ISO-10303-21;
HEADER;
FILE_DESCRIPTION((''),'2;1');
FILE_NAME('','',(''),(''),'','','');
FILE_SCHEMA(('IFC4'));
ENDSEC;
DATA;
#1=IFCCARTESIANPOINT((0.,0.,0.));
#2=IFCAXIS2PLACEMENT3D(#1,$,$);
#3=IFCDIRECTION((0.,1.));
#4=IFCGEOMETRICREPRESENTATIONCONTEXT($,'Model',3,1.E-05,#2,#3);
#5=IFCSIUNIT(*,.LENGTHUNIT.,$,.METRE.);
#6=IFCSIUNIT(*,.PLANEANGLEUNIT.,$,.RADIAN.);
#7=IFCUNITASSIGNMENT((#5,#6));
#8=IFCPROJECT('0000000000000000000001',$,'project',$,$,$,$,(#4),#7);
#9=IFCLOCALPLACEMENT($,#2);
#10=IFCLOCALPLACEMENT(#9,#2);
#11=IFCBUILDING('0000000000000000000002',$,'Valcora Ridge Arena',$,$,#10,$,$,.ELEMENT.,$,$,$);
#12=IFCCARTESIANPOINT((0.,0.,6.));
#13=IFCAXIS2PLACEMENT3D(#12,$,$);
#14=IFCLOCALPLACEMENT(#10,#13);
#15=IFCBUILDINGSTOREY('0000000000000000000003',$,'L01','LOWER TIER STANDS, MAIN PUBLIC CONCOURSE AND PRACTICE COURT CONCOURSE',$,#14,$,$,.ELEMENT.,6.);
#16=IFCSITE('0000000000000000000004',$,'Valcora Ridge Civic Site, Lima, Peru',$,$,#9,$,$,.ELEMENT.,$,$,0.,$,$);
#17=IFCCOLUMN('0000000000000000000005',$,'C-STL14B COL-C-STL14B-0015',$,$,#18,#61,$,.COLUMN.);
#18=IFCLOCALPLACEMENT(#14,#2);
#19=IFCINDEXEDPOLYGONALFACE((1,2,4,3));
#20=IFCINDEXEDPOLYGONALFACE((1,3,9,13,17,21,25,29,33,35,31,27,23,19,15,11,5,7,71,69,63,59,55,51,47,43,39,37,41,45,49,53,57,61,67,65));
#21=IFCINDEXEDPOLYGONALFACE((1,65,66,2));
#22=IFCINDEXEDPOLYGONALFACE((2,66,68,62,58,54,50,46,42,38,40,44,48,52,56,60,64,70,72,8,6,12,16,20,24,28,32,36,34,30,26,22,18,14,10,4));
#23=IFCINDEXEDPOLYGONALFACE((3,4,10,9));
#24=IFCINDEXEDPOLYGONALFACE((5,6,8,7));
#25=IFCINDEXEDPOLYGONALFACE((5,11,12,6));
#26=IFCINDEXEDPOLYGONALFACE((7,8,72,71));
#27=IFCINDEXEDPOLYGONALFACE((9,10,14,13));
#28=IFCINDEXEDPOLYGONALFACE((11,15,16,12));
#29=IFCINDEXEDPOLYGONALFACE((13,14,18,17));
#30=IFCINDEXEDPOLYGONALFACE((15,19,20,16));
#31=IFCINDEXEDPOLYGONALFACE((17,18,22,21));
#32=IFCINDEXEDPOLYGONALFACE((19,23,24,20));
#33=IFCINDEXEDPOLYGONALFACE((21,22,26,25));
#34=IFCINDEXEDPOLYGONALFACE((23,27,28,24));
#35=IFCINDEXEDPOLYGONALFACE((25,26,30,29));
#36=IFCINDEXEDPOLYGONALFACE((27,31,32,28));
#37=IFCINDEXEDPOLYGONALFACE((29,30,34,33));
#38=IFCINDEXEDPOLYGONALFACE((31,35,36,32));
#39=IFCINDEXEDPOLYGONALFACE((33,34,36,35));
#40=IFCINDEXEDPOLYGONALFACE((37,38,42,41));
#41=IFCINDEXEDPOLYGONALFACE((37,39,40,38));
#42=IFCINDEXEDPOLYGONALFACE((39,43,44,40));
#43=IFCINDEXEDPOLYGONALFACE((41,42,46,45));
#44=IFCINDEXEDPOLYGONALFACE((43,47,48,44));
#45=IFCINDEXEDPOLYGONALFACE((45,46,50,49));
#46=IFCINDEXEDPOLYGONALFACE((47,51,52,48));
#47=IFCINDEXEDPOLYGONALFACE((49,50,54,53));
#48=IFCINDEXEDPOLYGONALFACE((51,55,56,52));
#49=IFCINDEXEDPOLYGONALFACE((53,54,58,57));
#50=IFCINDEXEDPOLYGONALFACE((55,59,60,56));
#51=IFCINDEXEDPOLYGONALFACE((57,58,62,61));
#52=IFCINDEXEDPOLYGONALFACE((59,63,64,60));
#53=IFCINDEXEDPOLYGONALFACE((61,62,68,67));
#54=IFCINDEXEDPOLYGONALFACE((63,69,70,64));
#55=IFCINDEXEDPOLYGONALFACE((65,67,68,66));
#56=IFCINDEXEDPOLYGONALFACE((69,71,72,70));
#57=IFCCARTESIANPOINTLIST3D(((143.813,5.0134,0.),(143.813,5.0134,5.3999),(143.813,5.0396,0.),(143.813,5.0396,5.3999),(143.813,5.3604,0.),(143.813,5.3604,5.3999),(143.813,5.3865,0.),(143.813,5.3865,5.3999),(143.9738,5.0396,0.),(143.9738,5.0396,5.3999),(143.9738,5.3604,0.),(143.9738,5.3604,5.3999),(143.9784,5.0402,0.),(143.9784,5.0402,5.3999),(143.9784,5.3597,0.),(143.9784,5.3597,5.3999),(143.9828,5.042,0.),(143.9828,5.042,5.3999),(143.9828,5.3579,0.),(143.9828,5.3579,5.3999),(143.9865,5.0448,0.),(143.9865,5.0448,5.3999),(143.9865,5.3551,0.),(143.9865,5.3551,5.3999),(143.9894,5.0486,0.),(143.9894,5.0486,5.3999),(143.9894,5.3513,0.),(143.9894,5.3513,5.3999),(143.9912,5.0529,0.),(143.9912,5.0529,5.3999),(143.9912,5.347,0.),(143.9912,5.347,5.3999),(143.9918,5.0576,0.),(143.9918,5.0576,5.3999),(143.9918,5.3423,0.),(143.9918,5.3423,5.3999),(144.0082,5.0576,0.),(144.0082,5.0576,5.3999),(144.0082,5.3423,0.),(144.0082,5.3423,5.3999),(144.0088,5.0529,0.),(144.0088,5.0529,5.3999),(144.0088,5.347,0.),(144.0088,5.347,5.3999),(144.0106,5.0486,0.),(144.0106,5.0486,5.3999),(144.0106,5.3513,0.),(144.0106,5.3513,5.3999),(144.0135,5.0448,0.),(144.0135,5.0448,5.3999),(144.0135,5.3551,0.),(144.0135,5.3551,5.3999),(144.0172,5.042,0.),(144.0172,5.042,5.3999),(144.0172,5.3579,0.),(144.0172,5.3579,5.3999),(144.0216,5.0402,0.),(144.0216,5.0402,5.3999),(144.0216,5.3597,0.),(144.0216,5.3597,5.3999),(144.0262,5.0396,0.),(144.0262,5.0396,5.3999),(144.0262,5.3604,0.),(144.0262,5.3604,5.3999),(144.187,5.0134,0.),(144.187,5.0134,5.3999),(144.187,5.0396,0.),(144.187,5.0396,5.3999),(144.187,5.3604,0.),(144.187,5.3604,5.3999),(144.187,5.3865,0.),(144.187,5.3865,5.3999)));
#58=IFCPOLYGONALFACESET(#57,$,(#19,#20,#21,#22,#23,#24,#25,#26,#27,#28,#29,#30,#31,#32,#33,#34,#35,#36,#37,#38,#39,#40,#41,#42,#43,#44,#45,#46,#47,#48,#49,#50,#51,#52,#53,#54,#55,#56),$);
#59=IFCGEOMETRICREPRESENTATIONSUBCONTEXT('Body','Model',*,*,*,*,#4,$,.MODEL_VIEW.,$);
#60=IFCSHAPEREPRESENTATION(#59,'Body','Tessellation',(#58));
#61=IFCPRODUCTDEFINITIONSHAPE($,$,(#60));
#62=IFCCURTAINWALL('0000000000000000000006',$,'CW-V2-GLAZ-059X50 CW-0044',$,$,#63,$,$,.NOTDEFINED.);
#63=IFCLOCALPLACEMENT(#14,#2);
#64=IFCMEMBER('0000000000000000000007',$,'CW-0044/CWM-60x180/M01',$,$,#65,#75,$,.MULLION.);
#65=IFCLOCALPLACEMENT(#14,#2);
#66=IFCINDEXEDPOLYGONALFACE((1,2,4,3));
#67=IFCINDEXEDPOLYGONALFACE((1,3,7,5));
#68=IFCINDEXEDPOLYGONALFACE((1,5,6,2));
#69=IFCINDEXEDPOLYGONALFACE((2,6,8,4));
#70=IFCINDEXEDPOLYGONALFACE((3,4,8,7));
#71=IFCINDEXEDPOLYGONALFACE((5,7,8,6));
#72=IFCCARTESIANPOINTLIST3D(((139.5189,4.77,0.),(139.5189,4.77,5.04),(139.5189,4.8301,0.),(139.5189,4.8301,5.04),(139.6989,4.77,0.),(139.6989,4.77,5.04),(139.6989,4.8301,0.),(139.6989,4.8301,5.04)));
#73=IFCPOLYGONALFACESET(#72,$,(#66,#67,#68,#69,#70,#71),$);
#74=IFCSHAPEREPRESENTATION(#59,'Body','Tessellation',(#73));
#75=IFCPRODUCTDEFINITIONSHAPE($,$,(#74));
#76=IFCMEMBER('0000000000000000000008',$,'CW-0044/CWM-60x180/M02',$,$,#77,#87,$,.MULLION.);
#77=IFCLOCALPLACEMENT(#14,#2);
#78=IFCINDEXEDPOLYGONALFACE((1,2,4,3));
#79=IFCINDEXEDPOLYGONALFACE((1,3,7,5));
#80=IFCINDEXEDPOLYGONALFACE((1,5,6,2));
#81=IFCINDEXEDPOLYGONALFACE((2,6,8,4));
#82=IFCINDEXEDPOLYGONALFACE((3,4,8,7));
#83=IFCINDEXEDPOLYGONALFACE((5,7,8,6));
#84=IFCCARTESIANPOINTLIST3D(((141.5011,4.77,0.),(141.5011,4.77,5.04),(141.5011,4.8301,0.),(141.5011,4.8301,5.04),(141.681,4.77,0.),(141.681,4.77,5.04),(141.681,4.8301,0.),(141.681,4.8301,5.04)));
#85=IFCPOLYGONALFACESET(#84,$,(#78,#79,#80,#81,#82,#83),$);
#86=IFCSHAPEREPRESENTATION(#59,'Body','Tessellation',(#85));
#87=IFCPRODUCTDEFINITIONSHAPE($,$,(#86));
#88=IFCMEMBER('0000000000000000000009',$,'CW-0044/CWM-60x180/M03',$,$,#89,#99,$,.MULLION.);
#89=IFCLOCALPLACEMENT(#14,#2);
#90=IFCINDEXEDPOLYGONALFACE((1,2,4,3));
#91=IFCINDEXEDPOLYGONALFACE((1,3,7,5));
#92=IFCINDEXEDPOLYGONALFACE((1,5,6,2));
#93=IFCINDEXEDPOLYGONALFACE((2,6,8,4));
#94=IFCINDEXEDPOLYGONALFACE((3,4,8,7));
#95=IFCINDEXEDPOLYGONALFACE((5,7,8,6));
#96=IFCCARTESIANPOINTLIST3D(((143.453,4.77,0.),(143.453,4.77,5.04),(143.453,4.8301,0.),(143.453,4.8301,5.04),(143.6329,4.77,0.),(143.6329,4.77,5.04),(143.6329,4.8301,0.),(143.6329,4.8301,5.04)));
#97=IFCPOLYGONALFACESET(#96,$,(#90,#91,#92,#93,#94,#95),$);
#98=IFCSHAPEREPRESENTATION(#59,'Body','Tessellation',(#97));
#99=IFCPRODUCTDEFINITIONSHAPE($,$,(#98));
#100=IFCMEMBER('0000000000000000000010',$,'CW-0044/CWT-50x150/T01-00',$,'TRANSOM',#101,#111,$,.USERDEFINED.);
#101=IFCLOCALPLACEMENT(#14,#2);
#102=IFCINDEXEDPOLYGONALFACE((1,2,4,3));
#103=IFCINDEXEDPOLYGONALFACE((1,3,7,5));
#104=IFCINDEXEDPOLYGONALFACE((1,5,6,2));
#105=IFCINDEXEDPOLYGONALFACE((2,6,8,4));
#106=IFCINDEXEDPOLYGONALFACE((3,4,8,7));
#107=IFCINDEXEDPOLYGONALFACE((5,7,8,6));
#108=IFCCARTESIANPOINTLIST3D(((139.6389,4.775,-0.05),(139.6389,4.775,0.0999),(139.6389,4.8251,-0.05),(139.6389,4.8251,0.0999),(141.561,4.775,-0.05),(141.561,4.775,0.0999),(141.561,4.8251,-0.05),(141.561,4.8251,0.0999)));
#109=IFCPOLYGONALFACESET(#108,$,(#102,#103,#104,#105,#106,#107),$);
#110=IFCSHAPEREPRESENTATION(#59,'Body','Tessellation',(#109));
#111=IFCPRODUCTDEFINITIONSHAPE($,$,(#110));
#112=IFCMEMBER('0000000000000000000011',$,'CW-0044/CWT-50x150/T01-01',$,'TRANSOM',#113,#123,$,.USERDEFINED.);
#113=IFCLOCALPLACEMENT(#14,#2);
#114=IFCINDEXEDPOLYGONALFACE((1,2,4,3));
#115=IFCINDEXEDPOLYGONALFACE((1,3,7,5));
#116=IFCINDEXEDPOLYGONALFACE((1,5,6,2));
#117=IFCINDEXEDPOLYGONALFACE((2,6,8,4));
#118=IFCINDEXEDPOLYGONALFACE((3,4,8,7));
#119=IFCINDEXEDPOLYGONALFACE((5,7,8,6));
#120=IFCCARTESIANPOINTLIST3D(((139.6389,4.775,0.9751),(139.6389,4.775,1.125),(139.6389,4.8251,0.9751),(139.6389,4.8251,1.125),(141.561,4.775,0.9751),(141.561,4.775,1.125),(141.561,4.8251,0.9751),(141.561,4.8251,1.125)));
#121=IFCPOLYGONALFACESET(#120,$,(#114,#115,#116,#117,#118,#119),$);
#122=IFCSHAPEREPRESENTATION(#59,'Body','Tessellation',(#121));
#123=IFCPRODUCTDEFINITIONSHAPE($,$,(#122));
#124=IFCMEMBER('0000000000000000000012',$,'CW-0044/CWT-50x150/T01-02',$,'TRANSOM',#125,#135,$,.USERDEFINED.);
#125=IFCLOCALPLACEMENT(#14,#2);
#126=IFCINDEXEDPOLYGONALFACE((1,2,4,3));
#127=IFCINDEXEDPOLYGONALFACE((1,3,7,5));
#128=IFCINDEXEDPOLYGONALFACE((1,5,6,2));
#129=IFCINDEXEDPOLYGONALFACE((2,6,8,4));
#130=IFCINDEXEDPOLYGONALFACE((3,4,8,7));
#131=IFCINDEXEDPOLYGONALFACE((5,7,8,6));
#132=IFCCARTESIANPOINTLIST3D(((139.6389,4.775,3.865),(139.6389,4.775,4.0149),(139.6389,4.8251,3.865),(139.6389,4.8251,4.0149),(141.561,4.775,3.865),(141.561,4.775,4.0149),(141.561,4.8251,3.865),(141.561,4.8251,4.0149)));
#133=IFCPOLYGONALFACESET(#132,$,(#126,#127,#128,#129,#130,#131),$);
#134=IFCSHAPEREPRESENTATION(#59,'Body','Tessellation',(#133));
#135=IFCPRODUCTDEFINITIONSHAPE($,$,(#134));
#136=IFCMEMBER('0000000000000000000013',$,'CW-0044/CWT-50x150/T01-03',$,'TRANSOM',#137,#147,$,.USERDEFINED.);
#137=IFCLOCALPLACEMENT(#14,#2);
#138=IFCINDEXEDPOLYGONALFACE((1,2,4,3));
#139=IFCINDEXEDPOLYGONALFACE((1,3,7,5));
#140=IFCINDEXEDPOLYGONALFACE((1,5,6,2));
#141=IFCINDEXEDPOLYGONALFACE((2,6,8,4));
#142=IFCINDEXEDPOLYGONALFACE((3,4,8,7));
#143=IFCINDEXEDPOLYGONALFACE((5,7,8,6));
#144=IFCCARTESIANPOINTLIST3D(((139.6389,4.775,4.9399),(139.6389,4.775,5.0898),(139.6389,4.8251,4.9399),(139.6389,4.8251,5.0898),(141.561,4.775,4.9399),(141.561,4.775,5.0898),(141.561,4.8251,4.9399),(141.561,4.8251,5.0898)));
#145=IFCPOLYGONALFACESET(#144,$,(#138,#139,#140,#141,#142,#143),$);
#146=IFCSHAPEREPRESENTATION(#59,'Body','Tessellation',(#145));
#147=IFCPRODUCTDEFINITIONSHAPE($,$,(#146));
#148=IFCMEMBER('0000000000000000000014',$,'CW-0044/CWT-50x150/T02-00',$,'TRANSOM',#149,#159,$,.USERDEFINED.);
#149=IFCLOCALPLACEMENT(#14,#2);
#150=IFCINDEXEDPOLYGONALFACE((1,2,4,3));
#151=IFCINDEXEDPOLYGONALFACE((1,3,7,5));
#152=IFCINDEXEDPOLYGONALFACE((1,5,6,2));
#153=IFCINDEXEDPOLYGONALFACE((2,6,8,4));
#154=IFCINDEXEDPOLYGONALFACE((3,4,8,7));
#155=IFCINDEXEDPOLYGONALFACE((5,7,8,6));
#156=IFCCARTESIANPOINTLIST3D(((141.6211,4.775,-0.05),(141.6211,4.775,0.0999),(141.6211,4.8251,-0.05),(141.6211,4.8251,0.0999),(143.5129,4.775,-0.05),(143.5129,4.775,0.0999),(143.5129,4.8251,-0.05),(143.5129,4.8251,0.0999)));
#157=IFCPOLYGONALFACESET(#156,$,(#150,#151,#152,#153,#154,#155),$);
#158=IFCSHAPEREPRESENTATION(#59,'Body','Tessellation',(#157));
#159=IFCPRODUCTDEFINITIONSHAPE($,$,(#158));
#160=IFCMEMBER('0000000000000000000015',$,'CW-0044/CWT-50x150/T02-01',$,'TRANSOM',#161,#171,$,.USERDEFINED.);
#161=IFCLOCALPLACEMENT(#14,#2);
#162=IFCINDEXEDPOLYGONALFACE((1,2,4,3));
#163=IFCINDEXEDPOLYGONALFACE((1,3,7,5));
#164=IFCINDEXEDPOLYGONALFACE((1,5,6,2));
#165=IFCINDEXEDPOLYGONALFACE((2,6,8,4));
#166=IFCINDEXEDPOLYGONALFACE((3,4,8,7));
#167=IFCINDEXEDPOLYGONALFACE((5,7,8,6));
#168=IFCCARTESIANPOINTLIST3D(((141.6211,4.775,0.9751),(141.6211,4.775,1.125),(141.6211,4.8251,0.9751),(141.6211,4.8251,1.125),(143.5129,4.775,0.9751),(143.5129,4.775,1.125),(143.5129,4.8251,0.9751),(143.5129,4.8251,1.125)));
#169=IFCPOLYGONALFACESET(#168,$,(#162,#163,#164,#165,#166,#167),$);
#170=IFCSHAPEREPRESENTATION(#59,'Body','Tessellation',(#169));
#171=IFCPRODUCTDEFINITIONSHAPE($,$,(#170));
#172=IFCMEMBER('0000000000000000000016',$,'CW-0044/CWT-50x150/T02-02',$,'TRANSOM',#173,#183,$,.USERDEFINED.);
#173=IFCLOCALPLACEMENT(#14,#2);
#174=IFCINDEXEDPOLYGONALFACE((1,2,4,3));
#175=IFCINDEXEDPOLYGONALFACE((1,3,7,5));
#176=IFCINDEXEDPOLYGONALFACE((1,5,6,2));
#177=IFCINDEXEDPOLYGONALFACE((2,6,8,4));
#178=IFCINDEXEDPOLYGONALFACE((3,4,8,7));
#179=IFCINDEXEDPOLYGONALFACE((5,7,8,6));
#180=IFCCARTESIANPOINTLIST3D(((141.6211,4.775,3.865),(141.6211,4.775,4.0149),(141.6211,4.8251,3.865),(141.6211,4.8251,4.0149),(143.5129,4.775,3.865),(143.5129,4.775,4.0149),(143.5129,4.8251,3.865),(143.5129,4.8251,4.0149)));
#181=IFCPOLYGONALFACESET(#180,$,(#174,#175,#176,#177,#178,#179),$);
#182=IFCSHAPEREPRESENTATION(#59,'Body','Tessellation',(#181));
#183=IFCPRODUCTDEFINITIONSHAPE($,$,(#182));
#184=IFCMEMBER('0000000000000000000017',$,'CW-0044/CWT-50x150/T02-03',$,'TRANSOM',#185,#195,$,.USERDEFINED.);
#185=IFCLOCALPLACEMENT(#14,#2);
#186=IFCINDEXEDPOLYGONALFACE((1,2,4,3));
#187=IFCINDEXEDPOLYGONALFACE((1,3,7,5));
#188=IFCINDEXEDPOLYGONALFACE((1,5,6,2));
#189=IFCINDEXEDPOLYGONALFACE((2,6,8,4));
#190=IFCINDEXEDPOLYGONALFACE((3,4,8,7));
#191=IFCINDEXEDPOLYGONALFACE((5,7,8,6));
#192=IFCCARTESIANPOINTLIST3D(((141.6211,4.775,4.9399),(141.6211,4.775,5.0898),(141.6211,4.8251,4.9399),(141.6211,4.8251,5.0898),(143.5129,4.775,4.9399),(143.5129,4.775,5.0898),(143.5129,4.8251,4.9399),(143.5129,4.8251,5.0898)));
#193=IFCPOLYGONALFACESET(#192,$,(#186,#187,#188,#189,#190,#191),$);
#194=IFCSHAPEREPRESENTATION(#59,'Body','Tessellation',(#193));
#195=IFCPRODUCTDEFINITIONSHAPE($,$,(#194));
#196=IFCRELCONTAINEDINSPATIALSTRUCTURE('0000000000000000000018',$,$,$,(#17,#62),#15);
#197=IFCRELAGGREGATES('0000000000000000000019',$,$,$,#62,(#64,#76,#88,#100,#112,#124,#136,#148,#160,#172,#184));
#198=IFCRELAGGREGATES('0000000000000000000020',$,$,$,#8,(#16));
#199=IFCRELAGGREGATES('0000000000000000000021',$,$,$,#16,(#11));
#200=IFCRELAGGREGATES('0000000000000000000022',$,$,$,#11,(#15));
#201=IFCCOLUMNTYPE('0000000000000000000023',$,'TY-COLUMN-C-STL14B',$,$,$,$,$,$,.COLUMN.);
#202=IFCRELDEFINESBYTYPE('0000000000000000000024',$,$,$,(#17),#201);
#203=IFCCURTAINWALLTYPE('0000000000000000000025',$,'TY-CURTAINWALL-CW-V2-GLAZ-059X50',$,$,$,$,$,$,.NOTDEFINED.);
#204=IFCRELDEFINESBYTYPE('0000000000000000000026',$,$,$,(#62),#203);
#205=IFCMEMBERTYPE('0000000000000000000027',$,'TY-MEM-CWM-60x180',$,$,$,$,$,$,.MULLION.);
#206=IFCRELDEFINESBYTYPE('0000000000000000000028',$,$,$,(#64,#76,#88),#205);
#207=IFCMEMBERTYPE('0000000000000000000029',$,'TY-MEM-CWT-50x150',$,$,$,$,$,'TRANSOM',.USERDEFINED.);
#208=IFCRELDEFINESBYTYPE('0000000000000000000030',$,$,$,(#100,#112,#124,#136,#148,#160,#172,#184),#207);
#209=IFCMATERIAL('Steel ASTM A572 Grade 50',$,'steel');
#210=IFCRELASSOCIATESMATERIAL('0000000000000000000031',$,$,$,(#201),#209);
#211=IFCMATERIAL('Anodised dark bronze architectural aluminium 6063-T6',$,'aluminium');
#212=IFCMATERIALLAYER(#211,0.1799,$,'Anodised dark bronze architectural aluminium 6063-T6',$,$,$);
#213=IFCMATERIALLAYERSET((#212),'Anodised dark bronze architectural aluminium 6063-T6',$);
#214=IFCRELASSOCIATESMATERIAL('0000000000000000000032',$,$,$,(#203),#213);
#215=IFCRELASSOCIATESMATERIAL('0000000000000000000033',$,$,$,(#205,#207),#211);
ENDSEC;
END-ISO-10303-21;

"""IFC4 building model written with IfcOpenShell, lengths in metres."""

from ifc_helpers import new_model, si_unit, direction, frame, origin, origin_2d, place, context, subcontext, project, spatial, rectangle, i_section, extrude, material, layer, layer_set, material_profile, profile_set, type_object, element, aggregate, save


model = new_model("IFC4")

# Units and contexts
model_context = context("Model", 3, precision=1e-05, world=origin(), true_north=direction((0.0, 1.0)))
body_context = subcontext(model_context, "Body", "Model", "MODEL_VIEW")
ifc_project = project(units=[si_unit("LENGTHUNIT", "METRE"), si_unit("PLANEANGLEUNIT", "RADIAN")], contexts=[model_context])

# Site, building, storey
site_placement = place(None, origin())
site = spatial("IfcSite", under=ifc_project, at=site_placement, Name="Valcora Ridge Civic Site, Lima, Peru", CompositionType="ELEMENT", RefElevation=0.0)
building_placement = place(site_placement, origin())
building = spatial("IfcBuilding", under=site, at=building_placement, Name="Valcora Ridge Arena", CompositionType="ELEMENT")
storey_placement = place(building_placement, frame((0.0, 0.0, 6.0)))
storey = spatial("IfcBuildingStorey", under=building, at=storey_placement, Name="L01", Description="LOWER TIER STANDS, MAIN PUBLIC CONCOURSE AND PRACTICE COURT CONCOURSE", CompositionType="ELEMENT", Elevation=6.0)

# Column
ifc_material_1 = material(Name="Steel ASTM A572 Grade 50", Category="steel")
ifc_material_profile_1 = material_profile(ifc_material_1, i_section(OverallWidth=0.374, OverallDepth=0.373, WebThickness=0.0164, FlangeThickness=0.0261, FilletRadius=0.0181, at=origin_2d()), Name="W14X132")
ifc_profile_set_1 = profile_set([ifc_material_profile_1], Name="Steel ASTM A572 Grade 50")
column_type = type_object("IfcColumnType", Name="TY-COLUMN-C-STL14B", PredefinedType="COLUMN", material=ifc_profile_set_1)
column_placement = place(storey_placement, frame((144.0, 5.2, 0.0), z_axis=(0.0, 0.0, 1.0), x_axis=(1.0, 0.0, 0.0)))
element("IfcColumn", 1, at=column_placement, inside=storey, type_object=column_type, Name="C-STL14B COL-C-STL14B-0015", PredefinedType="COLUMN", context=body_context, shape_type="SweptSolid", body=[
    extrude(i_section(OverallWidth=0.374, OverallDepth=0.373, WebThickness=0.0164, FlangeThickness=0.0261, FilletRadius=0.0181, at=origin_2d()), origin(), (0.0, 0.0, 1.0), 5.3999),
])

# Curtain wall, members
ifc_material_2 = material(Name="Anodised dark bronze architectural aluminium 6063-T6", Category="aluminium")
ifc_layer_1 = layer(ifc_material_2, 0.1799, Name="Anodised dark bronze architectural aluminium 6063-T6")
ifc_layer_set_1 = layer_set([ifc_layer_1], Name="Anodised dark bronze architectural aluminium 6063-T6")
curtain_wall_type = type_object("IfcCurtainWallType", Name="TY-CURTAINWALL-CW-V2-GLAZ-059X50", PredefinedType="NOTDEFINED", material=ifc_layer_set_1)
curtain_wall_placement = place(storey_placement, origin())
curtain_wall = element("IfcCurtainWall", 2, at=curtain_wall_placement, inside=storey, type_object=curtain_wall_type, Name="CW-V2-GLAZ-059X50 CW-0044", PredefinedType="NOTDEFINED")
ifc_material_profile_2 = material_profile(ifc_material_2, rectangle(XDim=0.0601, YDim=0.1799, at=origin_2d()), Name="ALU MULLION 60x180")
ifc_profile_set_2 = profile_set([ifc_material_profile_2], Name="Anodised dark bronze architectural aluminium 6063-T6")
member_type_1 = type_object("IfcMemberType", Name="TY-MEM-CWM-60x180", PredefinedType="MULLION", material=ifc_profile_set_2)
member_1_placement = place(storey_placement, frame((139.6089, 4.8, 0.0), z_axis=(0.0, 0.0, 1.0), x_axis=(0.0, 1.0, 0.0)))
member_1 = element("IfcMember", 3, at=member_1_placement, type_object=member_type_1, Name="CW-0044/CWM-60x180/M01", PredefinedType="MULLION", context=body_context, shape_type="SweptSolid", body=[
    extrude(rectangle(XDim=0.0601, YDim=0.1799, at=origin_2d()), origin(), (0.0, 0.0, 1.0), 5.04),
])
member_2_placement = place(storey_placement, frame((141.5911, 4.8, 0.0), z_axis=(0.0, 0.0, 1.0), x_axis=(0.0, 1.0, 0.0)))
member_2 = element("IfcMember", 4, at=member_2_placement, type_object=member_type_1, Name="CW-0044/CWM-60x180/M02", PredefinedType="MULLION", context=body_context, shape_type="SweptSolid", body=[
    extrude(rectangle(XDim=0.0601, YDim=0.1799, at=origin_2d()), origin(), (0.0, 0.0, 1.0), 5.04),
])
member_3_placement = place(storey_placement, frame((143.543, 4.8, 0.0), z_axis=(0.0, 0.0, 1.0), x_axis=(0.0, 1.0, 0.0)))
member_3 = element("IfcMember", 5, at=member_3_placement, type_object=member_type_1, Name="CW-0044/CWM-60x180/M03", PredefinedType="MULLION", context=body_context, shape_type="SweptSolid", body=[
    extrude(rectangle(XDim=0.0601, YDim=0.1799, at=origin_2d()), origin(), (0.0, 0.0, 1.0), 5.04),
])
ifc_material_profile_3 = material_profile(ifc_material_2, rectangle(XDim=0.05, YDim=0.1499, at=origin_2d()), Name="ALU TRANSOM 50x150")
ifc_profile_set_3 = profile_set([ifc_material_profile_3], Name="Anodised dark bronze architectural aluminium 6063-T6")
member_type_2 = type_object("IfcMemberType", Name="TY-MEM-CWT-50x150", ElementType="TRANSOM", PredefinedType="USERDEFINED", material=ifc_profile_set_3)
member_4_placement = place(storey_placement, frame((139.6389, 4.8, 0.0249), z_axis=(1.0, 0.0, 0.0), x_axis=(0.0, 1.0, 0.0)))
member_4 = element("IfcMember", 6, at=member_4_placement, type_object=member_type_2, Name="CW-0044/CWT-50x150/T01-00", ObjectType="TRANSOM", PredefinedType="USERDEFINED", context=body_context, shape_type="SweptSolid", body=[
    extrude(rectangle(XDim=0.05, YDim=0.1499, at=origin_2d()), origin(), (0.0, 0.0, 1.0), 1.9221),
])
member_5_placement = place(storey_placement, frame((139.6389, 4.8, 1.05), z_axis=(1.0, 0.0, 0.0), x_axis=(0.0, 1.0, 0.0)))
member_5 = element("IfcMember", 7, at=member_5_placement, type_object=member_type_2, Name="CW-0044/CWT-50x150/T01-01", ObjectType="TRANSOM", PredefinedType="USERDEFINED", context=body_context, shape_type="SweptSolid", body=[
    extrude(rectangle(XDim=0.05, YDim=0.1499, at=origin_2d()), origin(), (0.0, 0.0, 1.0), 1.9221),
])
member_6_placement = place(storey_placement, frame((139.6389, 4.8, 3.9399), z_axis=(1.0, 0.0, 0.0), x_axis=(0.0, 1.0, 0.0)))
member_6 = element("IfcMember", 8, at=member_6_placement, type_object=member_type_2, Name="CW-0044/CWT-50x150/T01-02", ObjectType="TRANSOM", PredefinedType="USERDEFINED", context=body_context, shape_type="SweptSolid", body=[
    extrude(rectangle(XDim=0.05, YDim=0.1499, at=origin_2d()), origin(), (0.0, 0.0, 1.0), 1.9221),
])
member_7_placement = place(storey_placement, frame((139.6389, 4.8, 5.0149), z_axis=(1.0, 0.0, 0.0), x_axis=(0.0, 1.0, 0.0)))
member_7 = element("IfcMember", 9, at=member_7_placement, type_object=member_type_2, Name="CW-0044/CWT-50x150/T01-03", ObjectType="TRANSOM", PredefinedType="USERDEFINED", context=body_context, shape_type="SweptSolid", body=[
    extrude(rectangle(XDim=0.05, YDim=0.1499, at=origin_2d()), origin(), (0.0, 0.0, 1.0), 1.9221),
])
member_8_placement = place(storey_placement, frame((141.6211, 4.8, 0.0249), z_axis=(1.0, 0.0, 0.0), x_axis=(0.0, 1.0, 0.0)))
member_8 = element("IfcMember", 10, at=member_8_placement, type_object=member_type_2, Name="CW-0044/CWT-50x150/T02-00", ObjectType="TRANSOM", PredefinedType="USERDEFINED", context=body_context, shape_type="SweptSolid", body=[
    extrude(rectangle(XDim=0.05, YDim=0.1499, at=origin_2d()), origin(), (0.0, 0.0, 1.0), 1.8918),
])
member_9_placement = place(storey_placement, frame((141.6211, 4.8, 1.05), z_axis=(1.0, 0.0, 0.0), x_axis=(0.0, 1.0, 0.0)))
member_9 = element("IfcMember", 11, at=member_9_placement, type_object=member_type_2, Name="CW-0044/CWT-50x150/T02-01", ObjectType="TRANSOM", PredefinedType="USERDEFINED", context=body_context, shape_type="SweptSolid", body=[
    extrude(rectangle(XDim=0.05, YDim=0.1499, at=origin_2d()), origin(), (0.0, 0.0, 1.0), 1.8918),
])
member_10_placement = place(storey_placement, frame((141.6211, 4.8, 3.9399), z_axis=(1.0, 0.0, 0.0), x_axis=(0.0, 1.0, 0.0)))
member_10 = element("IfcMember", 12, at=member_10_placement, type_object=member_type_2, Name="CW-0044/CWT-50x150/T02-02", ObjectType="TRANSOM", PredefinedType="USERDEFINED", context=body_context, shape_type="SweptSolid", body=[
    extrude(rectangle(XDim=0.05, YDim=0.1499, at=origin_2d()), origin(), (0.0, 0.0, 1.0), 1.8918),
])
member_11_placement = place(storey_placement, frame((141.6211, 4.8, 5.0149), z_axis=(1.0, 0.0, 0.0), x_axis=(0.0, 1.0, 0.0)))
member_11 = element("IfcMember", 13, at=member_11_placement, type_object=member_type_2, Name="CW-0044/CWT-50x150/T02-03", ObjectType="TRANSOM", PredefinedType="USERDEFINED", context=body_context, shape_type="SweptSolid", body=[
    extrude(rectangle(XDim=0.05, YDim=0.1499, at=origin_2d()), origin(), (0.0, 0.0, 1.0), 1.8918),
])
aggregate(curtain_wall, [member_1, member_2, member_3, member_4, member_5, member_6, member_7, member_8, member_9, member_10, member_11])

save(model, "model.ifc")
